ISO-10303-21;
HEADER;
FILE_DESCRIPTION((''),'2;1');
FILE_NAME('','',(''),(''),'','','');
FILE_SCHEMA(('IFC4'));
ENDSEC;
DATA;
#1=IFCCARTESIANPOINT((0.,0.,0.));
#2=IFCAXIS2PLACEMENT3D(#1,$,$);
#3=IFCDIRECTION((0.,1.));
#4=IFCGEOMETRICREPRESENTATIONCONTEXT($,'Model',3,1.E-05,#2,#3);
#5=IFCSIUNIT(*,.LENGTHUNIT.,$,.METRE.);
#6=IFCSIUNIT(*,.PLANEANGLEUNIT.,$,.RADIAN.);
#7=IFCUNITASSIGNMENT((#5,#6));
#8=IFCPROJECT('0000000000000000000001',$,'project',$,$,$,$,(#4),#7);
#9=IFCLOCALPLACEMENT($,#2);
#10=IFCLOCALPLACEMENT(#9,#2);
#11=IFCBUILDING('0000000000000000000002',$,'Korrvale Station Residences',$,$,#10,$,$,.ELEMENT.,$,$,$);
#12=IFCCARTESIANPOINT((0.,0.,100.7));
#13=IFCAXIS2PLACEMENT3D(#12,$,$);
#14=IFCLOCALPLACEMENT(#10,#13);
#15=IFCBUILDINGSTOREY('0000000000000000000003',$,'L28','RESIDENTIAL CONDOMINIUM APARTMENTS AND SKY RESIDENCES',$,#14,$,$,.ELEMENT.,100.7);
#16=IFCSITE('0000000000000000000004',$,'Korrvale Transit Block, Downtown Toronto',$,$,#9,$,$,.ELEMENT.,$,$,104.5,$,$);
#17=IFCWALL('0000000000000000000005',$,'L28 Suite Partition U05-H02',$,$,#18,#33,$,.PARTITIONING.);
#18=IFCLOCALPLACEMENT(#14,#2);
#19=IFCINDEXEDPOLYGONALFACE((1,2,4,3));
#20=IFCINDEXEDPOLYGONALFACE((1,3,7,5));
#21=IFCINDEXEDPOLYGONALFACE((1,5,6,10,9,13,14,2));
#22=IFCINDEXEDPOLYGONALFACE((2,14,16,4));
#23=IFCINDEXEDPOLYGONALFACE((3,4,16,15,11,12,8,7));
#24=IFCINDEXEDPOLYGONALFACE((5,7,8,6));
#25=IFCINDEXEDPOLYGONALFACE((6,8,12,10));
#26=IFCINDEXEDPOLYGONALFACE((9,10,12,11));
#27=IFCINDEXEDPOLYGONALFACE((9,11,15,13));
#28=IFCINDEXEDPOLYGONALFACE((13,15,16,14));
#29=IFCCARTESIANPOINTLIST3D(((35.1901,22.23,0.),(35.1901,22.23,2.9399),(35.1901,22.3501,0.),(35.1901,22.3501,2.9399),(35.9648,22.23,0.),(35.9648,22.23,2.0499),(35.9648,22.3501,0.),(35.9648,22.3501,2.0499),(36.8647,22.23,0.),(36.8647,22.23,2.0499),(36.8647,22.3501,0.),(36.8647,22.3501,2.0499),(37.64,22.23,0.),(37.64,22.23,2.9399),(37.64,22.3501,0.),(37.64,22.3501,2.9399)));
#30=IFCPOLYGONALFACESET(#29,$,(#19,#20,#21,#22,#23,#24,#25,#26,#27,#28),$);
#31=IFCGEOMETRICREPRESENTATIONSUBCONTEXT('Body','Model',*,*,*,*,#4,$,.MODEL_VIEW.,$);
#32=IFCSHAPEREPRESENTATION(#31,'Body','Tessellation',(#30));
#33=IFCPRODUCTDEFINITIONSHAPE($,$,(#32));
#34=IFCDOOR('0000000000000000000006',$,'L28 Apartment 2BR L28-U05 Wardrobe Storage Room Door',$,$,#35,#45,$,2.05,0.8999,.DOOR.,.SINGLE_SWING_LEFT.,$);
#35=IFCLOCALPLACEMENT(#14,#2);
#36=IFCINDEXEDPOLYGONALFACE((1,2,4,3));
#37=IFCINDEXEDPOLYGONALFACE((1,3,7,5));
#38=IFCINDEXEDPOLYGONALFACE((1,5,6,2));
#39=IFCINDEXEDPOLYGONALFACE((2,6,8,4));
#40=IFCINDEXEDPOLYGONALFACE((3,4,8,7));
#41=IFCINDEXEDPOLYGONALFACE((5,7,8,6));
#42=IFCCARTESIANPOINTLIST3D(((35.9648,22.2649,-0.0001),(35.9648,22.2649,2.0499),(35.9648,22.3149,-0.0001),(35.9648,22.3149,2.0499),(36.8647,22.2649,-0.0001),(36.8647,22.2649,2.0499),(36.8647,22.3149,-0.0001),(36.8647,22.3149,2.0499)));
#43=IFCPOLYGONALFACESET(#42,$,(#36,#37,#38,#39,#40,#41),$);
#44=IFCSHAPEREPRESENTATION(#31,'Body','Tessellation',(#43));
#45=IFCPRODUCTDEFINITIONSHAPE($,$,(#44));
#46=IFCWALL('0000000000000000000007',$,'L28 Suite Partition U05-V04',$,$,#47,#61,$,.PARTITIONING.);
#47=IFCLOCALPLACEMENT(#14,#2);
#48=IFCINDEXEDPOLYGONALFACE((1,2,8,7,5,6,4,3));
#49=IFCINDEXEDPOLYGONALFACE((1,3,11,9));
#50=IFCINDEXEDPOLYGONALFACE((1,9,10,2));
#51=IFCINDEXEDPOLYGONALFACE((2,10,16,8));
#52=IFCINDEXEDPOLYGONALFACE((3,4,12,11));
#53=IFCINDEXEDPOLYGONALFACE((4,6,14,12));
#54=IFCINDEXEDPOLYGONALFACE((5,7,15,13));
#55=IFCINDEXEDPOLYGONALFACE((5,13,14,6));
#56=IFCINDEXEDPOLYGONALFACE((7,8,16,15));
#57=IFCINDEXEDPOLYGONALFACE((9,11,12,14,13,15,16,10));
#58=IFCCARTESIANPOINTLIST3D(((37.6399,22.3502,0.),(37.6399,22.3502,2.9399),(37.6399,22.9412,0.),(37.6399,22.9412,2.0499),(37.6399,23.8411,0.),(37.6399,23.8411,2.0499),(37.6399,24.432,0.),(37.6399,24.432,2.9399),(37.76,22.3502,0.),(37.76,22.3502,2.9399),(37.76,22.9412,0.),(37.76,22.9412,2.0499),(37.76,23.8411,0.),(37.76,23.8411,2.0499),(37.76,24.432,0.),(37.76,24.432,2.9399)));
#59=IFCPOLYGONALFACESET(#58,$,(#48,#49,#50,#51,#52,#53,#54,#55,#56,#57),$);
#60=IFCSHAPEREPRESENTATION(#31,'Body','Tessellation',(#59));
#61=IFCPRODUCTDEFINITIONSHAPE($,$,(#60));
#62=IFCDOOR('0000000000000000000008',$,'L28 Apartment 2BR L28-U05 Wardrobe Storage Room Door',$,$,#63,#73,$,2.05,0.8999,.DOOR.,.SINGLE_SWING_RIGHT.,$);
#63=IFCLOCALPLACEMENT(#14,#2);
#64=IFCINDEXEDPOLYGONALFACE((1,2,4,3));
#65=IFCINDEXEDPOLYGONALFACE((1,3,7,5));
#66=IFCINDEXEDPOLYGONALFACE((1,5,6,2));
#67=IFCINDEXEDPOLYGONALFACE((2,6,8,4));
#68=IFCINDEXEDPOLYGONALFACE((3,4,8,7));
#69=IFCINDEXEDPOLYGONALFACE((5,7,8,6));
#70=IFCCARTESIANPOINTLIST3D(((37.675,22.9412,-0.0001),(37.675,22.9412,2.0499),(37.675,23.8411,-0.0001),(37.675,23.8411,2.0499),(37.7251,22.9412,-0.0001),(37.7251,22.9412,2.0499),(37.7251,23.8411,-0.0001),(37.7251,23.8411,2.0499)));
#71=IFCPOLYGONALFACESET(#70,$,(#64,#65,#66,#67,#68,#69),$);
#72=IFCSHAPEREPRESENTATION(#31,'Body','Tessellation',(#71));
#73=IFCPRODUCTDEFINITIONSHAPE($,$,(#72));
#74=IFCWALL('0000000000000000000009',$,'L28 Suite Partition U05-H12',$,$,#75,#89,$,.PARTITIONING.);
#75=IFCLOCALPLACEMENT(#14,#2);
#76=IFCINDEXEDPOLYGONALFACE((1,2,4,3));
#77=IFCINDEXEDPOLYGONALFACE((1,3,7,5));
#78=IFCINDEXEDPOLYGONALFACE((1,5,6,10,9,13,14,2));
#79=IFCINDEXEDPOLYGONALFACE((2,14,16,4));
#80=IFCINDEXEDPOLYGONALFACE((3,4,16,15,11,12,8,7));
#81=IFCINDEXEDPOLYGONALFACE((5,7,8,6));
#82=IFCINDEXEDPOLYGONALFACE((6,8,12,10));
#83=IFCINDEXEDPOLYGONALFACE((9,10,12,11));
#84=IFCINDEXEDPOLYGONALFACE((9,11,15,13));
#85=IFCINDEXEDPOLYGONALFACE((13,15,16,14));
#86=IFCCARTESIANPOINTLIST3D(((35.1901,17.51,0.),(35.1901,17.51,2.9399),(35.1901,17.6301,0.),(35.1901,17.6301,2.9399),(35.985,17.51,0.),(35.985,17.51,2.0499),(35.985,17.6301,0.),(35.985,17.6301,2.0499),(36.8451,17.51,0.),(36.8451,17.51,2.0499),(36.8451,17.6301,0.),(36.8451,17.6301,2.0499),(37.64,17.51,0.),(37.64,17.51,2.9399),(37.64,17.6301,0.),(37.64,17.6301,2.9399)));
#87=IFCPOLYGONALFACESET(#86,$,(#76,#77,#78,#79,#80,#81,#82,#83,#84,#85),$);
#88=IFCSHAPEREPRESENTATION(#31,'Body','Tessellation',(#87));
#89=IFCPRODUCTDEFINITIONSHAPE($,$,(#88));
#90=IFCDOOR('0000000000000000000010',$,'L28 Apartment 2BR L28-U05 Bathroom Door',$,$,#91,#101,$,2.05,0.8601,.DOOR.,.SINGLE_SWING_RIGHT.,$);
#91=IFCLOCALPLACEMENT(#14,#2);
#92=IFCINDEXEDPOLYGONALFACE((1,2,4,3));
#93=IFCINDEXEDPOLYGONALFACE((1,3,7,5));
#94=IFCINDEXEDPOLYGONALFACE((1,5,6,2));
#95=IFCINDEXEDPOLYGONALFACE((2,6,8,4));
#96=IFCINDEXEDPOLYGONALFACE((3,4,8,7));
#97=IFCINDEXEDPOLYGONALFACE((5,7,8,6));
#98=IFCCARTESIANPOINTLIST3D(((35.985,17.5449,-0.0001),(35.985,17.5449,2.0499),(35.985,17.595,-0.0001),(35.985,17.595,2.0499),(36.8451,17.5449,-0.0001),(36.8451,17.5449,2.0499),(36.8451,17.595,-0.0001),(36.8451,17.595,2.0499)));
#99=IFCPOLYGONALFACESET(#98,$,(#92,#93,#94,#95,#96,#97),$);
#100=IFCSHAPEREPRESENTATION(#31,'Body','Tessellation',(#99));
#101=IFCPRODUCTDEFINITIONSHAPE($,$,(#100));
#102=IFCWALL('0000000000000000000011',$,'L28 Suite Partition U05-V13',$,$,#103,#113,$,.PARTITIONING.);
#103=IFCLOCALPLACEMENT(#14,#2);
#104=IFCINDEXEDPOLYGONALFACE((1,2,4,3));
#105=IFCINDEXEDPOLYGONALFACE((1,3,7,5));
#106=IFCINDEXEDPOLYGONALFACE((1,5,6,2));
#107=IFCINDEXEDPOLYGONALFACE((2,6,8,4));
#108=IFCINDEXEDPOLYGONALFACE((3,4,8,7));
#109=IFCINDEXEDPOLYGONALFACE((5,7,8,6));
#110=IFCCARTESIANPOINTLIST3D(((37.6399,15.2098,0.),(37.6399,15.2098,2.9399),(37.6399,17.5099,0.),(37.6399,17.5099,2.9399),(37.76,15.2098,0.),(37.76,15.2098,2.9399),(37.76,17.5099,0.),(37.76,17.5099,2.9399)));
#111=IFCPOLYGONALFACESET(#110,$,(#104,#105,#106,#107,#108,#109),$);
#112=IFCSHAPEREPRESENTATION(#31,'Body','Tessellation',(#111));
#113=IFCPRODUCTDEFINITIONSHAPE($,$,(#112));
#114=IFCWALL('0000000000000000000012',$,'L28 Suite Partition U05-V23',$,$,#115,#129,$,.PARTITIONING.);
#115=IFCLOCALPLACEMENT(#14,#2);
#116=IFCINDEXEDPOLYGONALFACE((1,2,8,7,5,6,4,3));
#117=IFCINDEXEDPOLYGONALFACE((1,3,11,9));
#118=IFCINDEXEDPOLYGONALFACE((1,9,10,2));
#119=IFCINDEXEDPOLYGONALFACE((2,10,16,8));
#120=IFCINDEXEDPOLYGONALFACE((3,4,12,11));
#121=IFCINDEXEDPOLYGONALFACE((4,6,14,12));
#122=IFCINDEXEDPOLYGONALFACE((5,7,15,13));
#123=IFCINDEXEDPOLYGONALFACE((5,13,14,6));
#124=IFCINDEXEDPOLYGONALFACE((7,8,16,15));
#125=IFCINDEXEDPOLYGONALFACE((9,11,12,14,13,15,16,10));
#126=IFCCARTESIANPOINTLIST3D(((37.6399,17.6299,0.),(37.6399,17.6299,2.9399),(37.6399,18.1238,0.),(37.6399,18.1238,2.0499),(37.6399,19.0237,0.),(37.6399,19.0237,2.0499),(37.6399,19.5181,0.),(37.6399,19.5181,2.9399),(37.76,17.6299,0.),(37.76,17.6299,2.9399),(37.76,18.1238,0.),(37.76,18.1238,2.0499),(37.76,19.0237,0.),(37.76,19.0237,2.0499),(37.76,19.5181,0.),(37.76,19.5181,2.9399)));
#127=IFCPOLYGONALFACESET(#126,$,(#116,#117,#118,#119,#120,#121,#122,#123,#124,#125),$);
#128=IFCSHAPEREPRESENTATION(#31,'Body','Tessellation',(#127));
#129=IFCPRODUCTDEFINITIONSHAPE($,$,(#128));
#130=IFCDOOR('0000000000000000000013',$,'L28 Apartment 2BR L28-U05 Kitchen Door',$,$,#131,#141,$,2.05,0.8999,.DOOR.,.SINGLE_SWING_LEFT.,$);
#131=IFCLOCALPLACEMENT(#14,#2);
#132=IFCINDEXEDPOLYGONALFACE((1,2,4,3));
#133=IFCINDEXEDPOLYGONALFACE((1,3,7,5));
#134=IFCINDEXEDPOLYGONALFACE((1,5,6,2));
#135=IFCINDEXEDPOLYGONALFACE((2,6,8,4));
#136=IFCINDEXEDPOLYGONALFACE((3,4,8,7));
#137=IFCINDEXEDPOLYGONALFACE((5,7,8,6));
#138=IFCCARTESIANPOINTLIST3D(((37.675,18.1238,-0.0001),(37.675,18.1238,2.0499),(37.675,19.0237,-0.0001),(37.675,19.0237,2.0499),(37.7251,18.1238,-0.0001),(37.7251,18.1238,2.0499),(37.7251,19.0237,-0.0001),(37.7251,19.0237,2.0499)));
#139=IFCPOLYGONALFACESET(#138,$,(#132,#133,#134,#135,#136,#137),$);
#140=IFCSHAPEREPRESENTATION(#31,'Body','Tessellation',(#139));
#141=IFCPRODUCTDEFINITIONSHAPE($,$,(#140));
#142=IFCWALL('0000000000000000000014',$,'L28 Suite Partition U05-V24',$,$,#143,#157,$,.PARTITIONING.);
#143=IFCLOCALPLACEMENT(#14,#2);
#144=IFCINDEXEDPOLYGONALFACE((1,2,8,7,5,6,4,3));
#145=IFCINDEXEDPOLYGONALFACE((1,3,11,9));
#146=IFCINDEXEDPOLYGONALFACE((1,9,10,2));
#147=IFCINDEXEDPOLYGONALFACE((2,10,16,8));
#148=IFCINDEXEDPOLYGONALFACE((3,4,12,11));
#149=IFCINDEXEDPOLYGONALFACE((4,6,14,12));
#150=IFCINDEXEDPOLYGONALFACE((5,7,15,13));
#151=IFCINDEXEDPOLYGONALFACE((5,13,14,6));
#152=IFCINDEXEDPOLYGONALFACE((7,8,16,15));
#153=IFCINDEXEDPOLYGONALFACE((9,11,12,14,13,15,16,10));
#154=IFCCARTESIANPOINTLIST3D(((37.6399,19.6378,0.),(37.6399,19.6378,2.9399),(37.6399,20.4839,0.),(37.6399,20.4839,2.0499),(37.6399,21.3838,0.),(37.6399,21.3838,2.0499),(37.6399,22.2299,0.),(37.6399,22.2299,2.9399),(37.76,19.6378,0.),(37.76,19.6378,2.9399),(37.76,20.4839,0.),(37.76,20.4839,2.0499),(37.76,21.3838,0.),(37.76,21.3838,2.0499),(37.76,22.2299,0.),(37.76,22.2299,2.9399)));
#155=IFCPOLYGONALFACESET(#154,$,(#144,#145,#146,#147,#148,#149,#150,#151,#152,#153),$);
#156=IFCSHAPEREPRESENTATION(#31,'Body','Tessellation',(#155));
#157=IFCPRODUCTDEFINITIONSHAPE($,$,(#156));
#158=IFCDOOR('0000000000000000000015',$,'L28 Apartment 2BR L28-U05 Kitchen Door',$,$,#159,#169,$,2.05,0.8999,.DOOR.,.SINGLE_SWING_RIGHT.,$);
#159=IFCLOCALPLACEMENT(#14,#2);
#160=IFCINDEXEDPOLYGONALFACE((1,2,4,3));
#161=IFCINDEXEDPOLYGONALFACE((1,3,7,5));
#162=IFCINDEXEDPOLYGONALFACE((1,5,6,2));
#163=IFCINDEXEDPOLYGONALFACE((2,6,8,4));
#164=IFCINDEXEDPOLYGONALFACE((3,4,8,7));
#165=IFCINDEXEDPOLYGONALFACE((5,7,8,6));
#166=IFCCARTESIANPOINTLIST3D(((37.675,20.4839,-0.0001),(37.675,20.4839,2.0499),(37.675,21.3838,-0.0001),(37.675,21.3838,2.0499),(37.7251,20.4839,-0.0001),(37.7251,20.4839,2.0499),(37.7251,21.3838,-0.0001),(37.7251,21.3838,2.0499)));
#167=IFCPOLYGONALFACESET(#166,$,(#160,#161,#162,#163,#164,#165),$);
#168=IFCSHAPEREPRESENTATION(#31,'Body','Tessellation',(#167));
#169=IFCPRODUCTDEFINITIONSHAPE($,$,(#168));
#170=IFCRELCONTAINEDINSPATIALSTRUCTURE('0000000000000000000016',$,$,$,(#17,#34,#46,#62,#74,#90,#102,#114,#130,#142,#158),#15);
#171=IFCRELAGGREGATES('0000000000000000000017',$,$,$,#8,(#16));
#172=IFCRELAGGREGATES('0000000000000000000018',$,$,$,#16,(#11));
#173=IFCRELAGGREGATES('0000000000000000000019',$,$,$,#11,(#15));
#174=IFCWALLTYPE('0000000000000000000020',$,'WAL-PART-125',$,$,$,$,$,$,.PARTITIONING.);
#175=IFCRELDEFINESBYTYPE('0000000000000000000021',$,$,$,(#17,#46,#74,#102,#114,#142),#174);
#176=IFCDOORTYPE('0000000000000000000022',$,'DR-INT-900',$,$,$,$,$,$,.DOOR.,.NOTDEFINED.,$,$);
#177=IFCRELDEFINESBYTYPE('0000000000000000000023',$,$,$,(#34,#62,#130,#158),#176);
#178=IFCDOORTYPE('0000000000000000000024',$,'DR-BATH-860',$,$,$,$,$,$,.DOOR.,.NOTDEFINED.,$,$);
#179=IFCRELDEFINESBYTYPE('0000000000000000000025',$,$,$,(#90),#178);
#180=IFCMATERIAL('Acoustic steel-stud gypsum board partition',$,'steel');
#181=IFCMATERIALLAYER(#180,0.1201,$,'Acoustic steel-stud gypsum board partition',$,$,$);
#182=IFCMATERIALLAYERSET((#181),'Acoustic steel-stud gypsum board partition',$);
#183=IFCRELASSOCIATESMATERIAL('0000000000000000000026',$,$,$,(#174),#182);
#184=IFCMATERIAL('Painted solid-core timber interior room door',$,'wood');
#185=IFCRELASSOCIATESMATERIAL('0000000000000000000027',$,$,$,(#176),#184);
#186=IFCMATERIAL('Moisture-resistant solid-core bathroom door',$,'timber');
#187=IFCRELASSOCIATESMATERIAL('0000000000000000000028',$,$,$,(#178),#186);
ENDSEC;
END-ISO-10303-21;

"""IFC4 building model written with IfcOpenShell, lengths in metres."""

from ifc_helpers import new_model, si_unit, direction, frame, frame_2d, origin, place, context, subcontext, project, spatial, rectangle, extrude, material, layer, layer_set, type_object, element, fill, save


model = new_model("IFC4")

# Units and contexts
model_context = context("Model", 3, precision=1e-05, world=origin(), true_north=direction((0.0, 1.0)))
body_context = subcontext(model_context, "Body", "Model", "MODEL_VIEW")
ifc_project = project(units=[si_unit("LENGTHUNIT", "METRE"), si_unit("PLANEANGLEUNIT", "RADIAN")], contexts=[model_context])

# Site, building, storey
site_placement = place(None, origin())
site = spatial("IfcSite", under=ifc_project, at=site_placement, Name="Korrvale Transit Block, Downtown Toronto", CompositionType="ELEMENT", RefElevation=104.5)
building_placement = place(site_placement, origin())
building = spatial("IfcBuilding", under=site, at=building_placement, Name="Korrvale Station Residences", CompositionType="ELEMENT")
storey_placement = place(building_placement, frame((0.0, 0.0, 100.7)))
storey = spatial("IfcBuildingStorey", under=building, at=storey_placement, Name="L28", Description="RESIDENTIAL CONDOMINIUM APARTMENTS AND SKY RESIDENCES", CompositionType="ELEMENT", Elevation=100.7)

# Walls, openings, doors
ifc_material_1 = material(Name="Acoustic steel-stud gypsum board partition", Category="steel")
ifc_layer_1 = layer(ifc_material_1, 0.1201, Name="Acoustic steel-stud gypsum board partition")
ifc_layer_set_1 = layer_set([ifc_layer_1], Name="Acoustic steel-stud gypsum board partition")
wall_type_1 = type_object("IfcWallType", Name="WAL-PART-125", PredefinedType="PARTITIONING", material=ifc_layer_set_1)
wall_1_placement = place(storey_placement, frame((35.1899, 22.29, 0.0), z_axis=(0.0, 0.0, 1.0), x_axis=(1.0, 0.0, 0.0)))
wall_1 = element("IfcWall", 1, at=wall_1_placement, inside=storey, type_object=wall_type_1, Name="L28 Suite Partition U05-H02", PredefinedType="PARTITIONING", context=body_context, shape_type="SweptSolid", body=[
    extrude(rectangle(XDim=2.45, YDim=0.1201, at=frame_2d((1.2251, 0.0))), origin(), (0.0, 0.0, 1.0), 2.9399),
])
opening_1_placement = place(wall_1_placement, frame((0.7749, 0.0, 0.0)))
opening_1 = element("IfcOpeningElement", 2, at=opening_1_placement, cuts=wall_1, PredefinedType="OPENING", context=body_context, shape_type="SweptSolid", body=[
    extrude(rectangle(XDim=0.8999, YDim=2.05, at=frame_2d((0.45, 1.0249))), frame((0.0, 0.0701, 0.0), z_axis=(0.0, -1.0, 0.0), x_axis=(1.0, 0.0, 0.0)), (0.0, 0.0, 1.0), 0.1401),
])
ifc_material_2 = material(Name="Painted solid-core timber interior room door", Category="wood")
door_type_1 = type_object("IfcDoorType", Name="DR-INT-900", OperationType="NOTDEFINED", PredefinedType="DOOR", material=ifc_material_2)
door_1_placement = place(opening_1_placement, origin())
door_1 = element("IfcDoor", 3, at=door_1_placement, inside=storey, type_object=door_type_1, Name="L28 Apartment 2BR L28-U05 Wardrobe Storage Room Door", OperationType="SINGLE_SWING_LEFT", OverallHeight=2.05, OverallWidth=0.8999, PredefinedType="DOOR", context=body_context, shape_type="SweptSolid", body=[
    extrude(rectangle(XDim=0.8999, YDim=2.05, at=frame_2d((0.45, 1.0249))), frame((0.0, 0.0249, 0.0), z_axis=(0.0, -1.0, 0.0), x_axis=(1.0, 0.0, 0.0)), (0.0, 0.0, 1.0), 0.05),
])
fill(opening_1, door_1)
wall_2_placement = place(storey_placement, frame((37.7, 22.3501, 0.0), z_axis=(0.0, 0.0, 1.0), x_axis=(0.0, 1.0, 0.0)))
wall_2 = element("IfcWall", 4, at=wall_2_placement, inside=storey, type_object=wall_type_1, Name="L28 Suite Partition U05-V04", PredefinedType="PARTITIONING", context=body_context, shape_type="SweptSolid", body=[
    extrude(rectangle(XDim=2.0818, YDim=0.1201, at=frame_2d((1.041, 0.0))), origin(), (0.0, 0.0, 1.0), 2.9399),
])
opening_2_placement = place(wall_2_placement, frame((0.5911, 0.0, 0.0)))
opening_2 = element("IfcOpeningElement", 5, at=opening_2_placement, cuts=wall_2, PredefinedType="OPENING", context=body_context, shape_type="SweptSolid", body=[
    extrude(rectangle(XDim=0.8999, YDim=2.05, at=frame_2d((0.45, 1.0249))), frame((0.0, 0.0701, 0.0), z_axis=(0.0, -1.0, 0.0), x_axis=(1.0, 0.0, 0.0)), (0.0, 0.0, 1.0), 0.1401),
])
door_2_placement = place(opening_2_placement, origin())
door_2 = element("IfcDoor", 6, at=door_2_placement, inside=storey, type_object=door_type_1, Name="L28 Apartment 2BR L28-U05 Wardrobe Storage Room Door", OperationType="SINGLE_SWING_RIGHT", OverallHeight=2.05, OverallWidth=0.8999, PredefinedType="DOOR", context=body_context, shape_type="SweptSolid", body=[
    extrude(rectangle(XDim=0.8999, YDim=2.05, at=frame_2d((0.45, 1.0249))), frame((0.0, 0.0249, 0.0), z_axis=(0.0, -1.0, 0.0), x_axis=(1.0, 0.0, 0.0)), (0.0, 0.0, 1.0), 0.05),
])
fill(opening_2, door_2)
wall_3_placement = place(storey_placement, frame((35.1899, 17.5701, 0.0), z_axis=(0.0, 0.0, 1.0), x_axis=(1.0, 0.0, 0.0)))
wall_3 = element("IfcWall", 7, at=wall_3_placement, inside=storey, type_object=wall_type_1, Name="L28 Suite Partition U05-H12", PredefinedType="PARTITIONING", context=body_context, shape_type="SweptSolid", body=[
    extrude(rectangle(XDim=2.45, YDim=0.1201, at=frame_2d((1.2251, 0.0))), origin(), (0.0, 0.0, 1.0), 2.9399),
])
opening_3_placement = place(wall_3_placement, frame((0.7949, 0.0, 0.0)))
opening_3 = element("IfcOpeningElement", 8, at=opening_3_placement, cuts=wall_3, PredefinedType="OPENING", context=body_context, shape_type="SweptSolid", body=[
    extrude(rectangle(XDim=0.8601, YDim=2.05, at=frame_2d((0.4302, 1.0249))), frame((0.0, 0.0701, 0.0), z_axis=(0.0, -1.0, 0.0), x_axis=(1.0, 0.0, 0.0)), (0.0, 0.0, 1.0), 0.1401),
])
ifc_material_3 = material(Name="Moisture-resistant solid-core bathroom door", Category="timber")
door_type_2 = type_object("IfcDoorType", Name="DR-BATH-860", OperationType="NOTDEFINED", PredefinedType="DOOR", material=ifc_material_3)
door_3_placement = place(opening_3_placement, origin())
door_3 = element("IfcDoor", 9, at=door_3_placement, inside=storey, type_object=door_type_2, Name="L28 Apartment 2BR L28-U05 Bathroom Door", OperationType="SINGLE_SWING_RIGHT", OverallHeight=2.05, OverallWidth=0.8601, PredefinedType="DOOR", context=body_context, shape_type="SweptSolid", body=[
    extrude(rectangle(XDim=0.8601, YDim=2.05, at=frame_2d((0.4302, 1.0249))), frame((0.0, 0.0249, 0.0), z_axis=(0.0, -1.0, 0.0), x_axis=(1.0, 0.0, 0.0)), (0.0, 0.0, 1.0), 0.05),
])
fill(opening_3, door_3)

# Wall
wall_4_placement = place(storey_placement, frame((37.7, 15.21, 0.0), z_axis=(0.0, 0.0, 1.0), x_axis=(0.0, 1.0, 0.0)))
element("IfcWall", 10, at=wall_4_placement, inside=storey, type_object=wall_type_1, Name="L28 Suite Partition U05-V13", PredefinedType="PARTITIONING", context=body_context, shape_type="SweptSolid", body=[
    extrude(rectangle(XDim=2.3, YDim=0.1201, at=frame_2d((1.1499, 0.0))), origin(), (0.0, 0.0, 1.0), 2.9399),
])

# Walls, openings, doors
wall_5_placement = place(storey_placement, frame((37.7, 17.6299, 0.0), z_axis=(0.0, 0.0, 1.0), x_axis=(0.0, 1.0, 0.0)))
wall_5 = element("IfcWall", 11, at=wall_5_placement, inside=storey, type_object=wall_type_1, Name="L28 Suite Partition U05-V23", PredefinedType="PARTITIONING", context=body_context, shape_type="SweptSolid", body=[
    extrude(rectangle(XDim=1.8882, YDim=0.1201, at=frame_2d((0.9441, 0.0))), origin(), (0.0, 0.0, 1.0), 2.9399),
])
opening_4_placement = place(wall_5_placement, frame((0.4939, 0.0, 0.0)))
opening_4 = element("IfcOpeningElement", 12, at=opening_4_placement, cuts=wall_5, PredefinedType="OPENING", context=body_context, shape_type="SweptSolid", body=[
    extrude(rectangle(XDim=0.8999, YDim=2.05, at=frame_2d((0.45, 1.0249))), frame((0.0, 0.0701, 0.0), z_axis=(0.0, -1.0, 0.0), x_axis=(1.0, 0.0, 0.0)), (0.0, 0.0, 1.0), 0.1401),
])
door_4_placement = place(opening_4_placement, origin())
door_4 = element("IfcDoor", 13, at=door_4_placement, inside=storey, type_object=door_type_1, Name="L28 Apartment 2BR L28-U05 Kitchen Door", OperationType="SINGLE_SWING_LEFT", OverallHeight=2.05, OverallWidth=0.8999, PredefinedType="DOOR", context=body_context, shape_type="SweptSolid", body=[
    extrude(rectangle(XDim=0.8999, YDim=2.05, at=frame_2d((0.45, 1.0249))), frame((0.0, 0.0249, 0.0), z_axis=(0.0, -1.0, 0.0), x_axis=(1.0, 0.0, 0.0)), (0.0, 0.0, 1.0), 0.05),
])
fill(opening_4, door_4)
wall_6_placement = place(storey_placement, frame((37.7, 19.6379, 0.0), z_axis=(0.0, 0.0, 1.0), x_axis=(0.0, 1.0, 0.0)))
wall_6 = element("IfcWall", 14, at=wall_6_placement, inside=storey, type_object=wall_type_1, Name="L28 Suite Partition U05-V24", PredefinedType="PARTITIONING", context=body_context, shape_type="SweptSolid", body=[
    extrude(rectangle(XDim=2.592, YDim=0.1201, at=frame_2d((1.2959, 0.0))), origin(), (0.0, 0.0, 1.0), 2.9399),
])
opening_5_placement = place(wall_6_placement, frame((0.8459, 0.0, 0.0)))
opening_5 = element("IfcOpeningElement", 15, at=opening_5_placement, cuts=wall_6, PredefinedType="OPENING", context=body_context, shape_type="SweptSolid", body=[
    extrude(rectangle(XDim=0.8999, YDim=2.05, at=frame_2d((0.45, 1.0249))), frame((0.0, 0.0701, 0.0), z_axis=(0.0, -1.0, 0.0), x_axis=(1.0, 0.0, 0.0)), (0.0, 0.0, 1.0), 0.1401),
])
door_5_placement = place(opening_5_placement, origin())
door_5 = element("IfcDoor", 16, at=door_5_placement, inside=storey, type_object=door_type_1, Name="L28 Apartment 2BR L28-U05 Kitchen Door", OperationType="SINGLE_SWING_RIGHT", OverallHeight=2.05, OverallWidth=0.8999, PredefinedType="DOOR", context=body_context, shape_type="SweptSolid", body=[
    extrude(rectangle(XDim=0.8999, YDim=2.05, at=frame_2d((0.45, 1.0249))), frame((0.0, 0.0249, 0.0), z_axis=(0.0, -1.0, 0.0), x_axis=(1.0, 0.0, 0.0)), (0.0, 0.0, 1.0), 0.05),
])
fill(opening_5, door_5)

save(model, "model.ifc")
